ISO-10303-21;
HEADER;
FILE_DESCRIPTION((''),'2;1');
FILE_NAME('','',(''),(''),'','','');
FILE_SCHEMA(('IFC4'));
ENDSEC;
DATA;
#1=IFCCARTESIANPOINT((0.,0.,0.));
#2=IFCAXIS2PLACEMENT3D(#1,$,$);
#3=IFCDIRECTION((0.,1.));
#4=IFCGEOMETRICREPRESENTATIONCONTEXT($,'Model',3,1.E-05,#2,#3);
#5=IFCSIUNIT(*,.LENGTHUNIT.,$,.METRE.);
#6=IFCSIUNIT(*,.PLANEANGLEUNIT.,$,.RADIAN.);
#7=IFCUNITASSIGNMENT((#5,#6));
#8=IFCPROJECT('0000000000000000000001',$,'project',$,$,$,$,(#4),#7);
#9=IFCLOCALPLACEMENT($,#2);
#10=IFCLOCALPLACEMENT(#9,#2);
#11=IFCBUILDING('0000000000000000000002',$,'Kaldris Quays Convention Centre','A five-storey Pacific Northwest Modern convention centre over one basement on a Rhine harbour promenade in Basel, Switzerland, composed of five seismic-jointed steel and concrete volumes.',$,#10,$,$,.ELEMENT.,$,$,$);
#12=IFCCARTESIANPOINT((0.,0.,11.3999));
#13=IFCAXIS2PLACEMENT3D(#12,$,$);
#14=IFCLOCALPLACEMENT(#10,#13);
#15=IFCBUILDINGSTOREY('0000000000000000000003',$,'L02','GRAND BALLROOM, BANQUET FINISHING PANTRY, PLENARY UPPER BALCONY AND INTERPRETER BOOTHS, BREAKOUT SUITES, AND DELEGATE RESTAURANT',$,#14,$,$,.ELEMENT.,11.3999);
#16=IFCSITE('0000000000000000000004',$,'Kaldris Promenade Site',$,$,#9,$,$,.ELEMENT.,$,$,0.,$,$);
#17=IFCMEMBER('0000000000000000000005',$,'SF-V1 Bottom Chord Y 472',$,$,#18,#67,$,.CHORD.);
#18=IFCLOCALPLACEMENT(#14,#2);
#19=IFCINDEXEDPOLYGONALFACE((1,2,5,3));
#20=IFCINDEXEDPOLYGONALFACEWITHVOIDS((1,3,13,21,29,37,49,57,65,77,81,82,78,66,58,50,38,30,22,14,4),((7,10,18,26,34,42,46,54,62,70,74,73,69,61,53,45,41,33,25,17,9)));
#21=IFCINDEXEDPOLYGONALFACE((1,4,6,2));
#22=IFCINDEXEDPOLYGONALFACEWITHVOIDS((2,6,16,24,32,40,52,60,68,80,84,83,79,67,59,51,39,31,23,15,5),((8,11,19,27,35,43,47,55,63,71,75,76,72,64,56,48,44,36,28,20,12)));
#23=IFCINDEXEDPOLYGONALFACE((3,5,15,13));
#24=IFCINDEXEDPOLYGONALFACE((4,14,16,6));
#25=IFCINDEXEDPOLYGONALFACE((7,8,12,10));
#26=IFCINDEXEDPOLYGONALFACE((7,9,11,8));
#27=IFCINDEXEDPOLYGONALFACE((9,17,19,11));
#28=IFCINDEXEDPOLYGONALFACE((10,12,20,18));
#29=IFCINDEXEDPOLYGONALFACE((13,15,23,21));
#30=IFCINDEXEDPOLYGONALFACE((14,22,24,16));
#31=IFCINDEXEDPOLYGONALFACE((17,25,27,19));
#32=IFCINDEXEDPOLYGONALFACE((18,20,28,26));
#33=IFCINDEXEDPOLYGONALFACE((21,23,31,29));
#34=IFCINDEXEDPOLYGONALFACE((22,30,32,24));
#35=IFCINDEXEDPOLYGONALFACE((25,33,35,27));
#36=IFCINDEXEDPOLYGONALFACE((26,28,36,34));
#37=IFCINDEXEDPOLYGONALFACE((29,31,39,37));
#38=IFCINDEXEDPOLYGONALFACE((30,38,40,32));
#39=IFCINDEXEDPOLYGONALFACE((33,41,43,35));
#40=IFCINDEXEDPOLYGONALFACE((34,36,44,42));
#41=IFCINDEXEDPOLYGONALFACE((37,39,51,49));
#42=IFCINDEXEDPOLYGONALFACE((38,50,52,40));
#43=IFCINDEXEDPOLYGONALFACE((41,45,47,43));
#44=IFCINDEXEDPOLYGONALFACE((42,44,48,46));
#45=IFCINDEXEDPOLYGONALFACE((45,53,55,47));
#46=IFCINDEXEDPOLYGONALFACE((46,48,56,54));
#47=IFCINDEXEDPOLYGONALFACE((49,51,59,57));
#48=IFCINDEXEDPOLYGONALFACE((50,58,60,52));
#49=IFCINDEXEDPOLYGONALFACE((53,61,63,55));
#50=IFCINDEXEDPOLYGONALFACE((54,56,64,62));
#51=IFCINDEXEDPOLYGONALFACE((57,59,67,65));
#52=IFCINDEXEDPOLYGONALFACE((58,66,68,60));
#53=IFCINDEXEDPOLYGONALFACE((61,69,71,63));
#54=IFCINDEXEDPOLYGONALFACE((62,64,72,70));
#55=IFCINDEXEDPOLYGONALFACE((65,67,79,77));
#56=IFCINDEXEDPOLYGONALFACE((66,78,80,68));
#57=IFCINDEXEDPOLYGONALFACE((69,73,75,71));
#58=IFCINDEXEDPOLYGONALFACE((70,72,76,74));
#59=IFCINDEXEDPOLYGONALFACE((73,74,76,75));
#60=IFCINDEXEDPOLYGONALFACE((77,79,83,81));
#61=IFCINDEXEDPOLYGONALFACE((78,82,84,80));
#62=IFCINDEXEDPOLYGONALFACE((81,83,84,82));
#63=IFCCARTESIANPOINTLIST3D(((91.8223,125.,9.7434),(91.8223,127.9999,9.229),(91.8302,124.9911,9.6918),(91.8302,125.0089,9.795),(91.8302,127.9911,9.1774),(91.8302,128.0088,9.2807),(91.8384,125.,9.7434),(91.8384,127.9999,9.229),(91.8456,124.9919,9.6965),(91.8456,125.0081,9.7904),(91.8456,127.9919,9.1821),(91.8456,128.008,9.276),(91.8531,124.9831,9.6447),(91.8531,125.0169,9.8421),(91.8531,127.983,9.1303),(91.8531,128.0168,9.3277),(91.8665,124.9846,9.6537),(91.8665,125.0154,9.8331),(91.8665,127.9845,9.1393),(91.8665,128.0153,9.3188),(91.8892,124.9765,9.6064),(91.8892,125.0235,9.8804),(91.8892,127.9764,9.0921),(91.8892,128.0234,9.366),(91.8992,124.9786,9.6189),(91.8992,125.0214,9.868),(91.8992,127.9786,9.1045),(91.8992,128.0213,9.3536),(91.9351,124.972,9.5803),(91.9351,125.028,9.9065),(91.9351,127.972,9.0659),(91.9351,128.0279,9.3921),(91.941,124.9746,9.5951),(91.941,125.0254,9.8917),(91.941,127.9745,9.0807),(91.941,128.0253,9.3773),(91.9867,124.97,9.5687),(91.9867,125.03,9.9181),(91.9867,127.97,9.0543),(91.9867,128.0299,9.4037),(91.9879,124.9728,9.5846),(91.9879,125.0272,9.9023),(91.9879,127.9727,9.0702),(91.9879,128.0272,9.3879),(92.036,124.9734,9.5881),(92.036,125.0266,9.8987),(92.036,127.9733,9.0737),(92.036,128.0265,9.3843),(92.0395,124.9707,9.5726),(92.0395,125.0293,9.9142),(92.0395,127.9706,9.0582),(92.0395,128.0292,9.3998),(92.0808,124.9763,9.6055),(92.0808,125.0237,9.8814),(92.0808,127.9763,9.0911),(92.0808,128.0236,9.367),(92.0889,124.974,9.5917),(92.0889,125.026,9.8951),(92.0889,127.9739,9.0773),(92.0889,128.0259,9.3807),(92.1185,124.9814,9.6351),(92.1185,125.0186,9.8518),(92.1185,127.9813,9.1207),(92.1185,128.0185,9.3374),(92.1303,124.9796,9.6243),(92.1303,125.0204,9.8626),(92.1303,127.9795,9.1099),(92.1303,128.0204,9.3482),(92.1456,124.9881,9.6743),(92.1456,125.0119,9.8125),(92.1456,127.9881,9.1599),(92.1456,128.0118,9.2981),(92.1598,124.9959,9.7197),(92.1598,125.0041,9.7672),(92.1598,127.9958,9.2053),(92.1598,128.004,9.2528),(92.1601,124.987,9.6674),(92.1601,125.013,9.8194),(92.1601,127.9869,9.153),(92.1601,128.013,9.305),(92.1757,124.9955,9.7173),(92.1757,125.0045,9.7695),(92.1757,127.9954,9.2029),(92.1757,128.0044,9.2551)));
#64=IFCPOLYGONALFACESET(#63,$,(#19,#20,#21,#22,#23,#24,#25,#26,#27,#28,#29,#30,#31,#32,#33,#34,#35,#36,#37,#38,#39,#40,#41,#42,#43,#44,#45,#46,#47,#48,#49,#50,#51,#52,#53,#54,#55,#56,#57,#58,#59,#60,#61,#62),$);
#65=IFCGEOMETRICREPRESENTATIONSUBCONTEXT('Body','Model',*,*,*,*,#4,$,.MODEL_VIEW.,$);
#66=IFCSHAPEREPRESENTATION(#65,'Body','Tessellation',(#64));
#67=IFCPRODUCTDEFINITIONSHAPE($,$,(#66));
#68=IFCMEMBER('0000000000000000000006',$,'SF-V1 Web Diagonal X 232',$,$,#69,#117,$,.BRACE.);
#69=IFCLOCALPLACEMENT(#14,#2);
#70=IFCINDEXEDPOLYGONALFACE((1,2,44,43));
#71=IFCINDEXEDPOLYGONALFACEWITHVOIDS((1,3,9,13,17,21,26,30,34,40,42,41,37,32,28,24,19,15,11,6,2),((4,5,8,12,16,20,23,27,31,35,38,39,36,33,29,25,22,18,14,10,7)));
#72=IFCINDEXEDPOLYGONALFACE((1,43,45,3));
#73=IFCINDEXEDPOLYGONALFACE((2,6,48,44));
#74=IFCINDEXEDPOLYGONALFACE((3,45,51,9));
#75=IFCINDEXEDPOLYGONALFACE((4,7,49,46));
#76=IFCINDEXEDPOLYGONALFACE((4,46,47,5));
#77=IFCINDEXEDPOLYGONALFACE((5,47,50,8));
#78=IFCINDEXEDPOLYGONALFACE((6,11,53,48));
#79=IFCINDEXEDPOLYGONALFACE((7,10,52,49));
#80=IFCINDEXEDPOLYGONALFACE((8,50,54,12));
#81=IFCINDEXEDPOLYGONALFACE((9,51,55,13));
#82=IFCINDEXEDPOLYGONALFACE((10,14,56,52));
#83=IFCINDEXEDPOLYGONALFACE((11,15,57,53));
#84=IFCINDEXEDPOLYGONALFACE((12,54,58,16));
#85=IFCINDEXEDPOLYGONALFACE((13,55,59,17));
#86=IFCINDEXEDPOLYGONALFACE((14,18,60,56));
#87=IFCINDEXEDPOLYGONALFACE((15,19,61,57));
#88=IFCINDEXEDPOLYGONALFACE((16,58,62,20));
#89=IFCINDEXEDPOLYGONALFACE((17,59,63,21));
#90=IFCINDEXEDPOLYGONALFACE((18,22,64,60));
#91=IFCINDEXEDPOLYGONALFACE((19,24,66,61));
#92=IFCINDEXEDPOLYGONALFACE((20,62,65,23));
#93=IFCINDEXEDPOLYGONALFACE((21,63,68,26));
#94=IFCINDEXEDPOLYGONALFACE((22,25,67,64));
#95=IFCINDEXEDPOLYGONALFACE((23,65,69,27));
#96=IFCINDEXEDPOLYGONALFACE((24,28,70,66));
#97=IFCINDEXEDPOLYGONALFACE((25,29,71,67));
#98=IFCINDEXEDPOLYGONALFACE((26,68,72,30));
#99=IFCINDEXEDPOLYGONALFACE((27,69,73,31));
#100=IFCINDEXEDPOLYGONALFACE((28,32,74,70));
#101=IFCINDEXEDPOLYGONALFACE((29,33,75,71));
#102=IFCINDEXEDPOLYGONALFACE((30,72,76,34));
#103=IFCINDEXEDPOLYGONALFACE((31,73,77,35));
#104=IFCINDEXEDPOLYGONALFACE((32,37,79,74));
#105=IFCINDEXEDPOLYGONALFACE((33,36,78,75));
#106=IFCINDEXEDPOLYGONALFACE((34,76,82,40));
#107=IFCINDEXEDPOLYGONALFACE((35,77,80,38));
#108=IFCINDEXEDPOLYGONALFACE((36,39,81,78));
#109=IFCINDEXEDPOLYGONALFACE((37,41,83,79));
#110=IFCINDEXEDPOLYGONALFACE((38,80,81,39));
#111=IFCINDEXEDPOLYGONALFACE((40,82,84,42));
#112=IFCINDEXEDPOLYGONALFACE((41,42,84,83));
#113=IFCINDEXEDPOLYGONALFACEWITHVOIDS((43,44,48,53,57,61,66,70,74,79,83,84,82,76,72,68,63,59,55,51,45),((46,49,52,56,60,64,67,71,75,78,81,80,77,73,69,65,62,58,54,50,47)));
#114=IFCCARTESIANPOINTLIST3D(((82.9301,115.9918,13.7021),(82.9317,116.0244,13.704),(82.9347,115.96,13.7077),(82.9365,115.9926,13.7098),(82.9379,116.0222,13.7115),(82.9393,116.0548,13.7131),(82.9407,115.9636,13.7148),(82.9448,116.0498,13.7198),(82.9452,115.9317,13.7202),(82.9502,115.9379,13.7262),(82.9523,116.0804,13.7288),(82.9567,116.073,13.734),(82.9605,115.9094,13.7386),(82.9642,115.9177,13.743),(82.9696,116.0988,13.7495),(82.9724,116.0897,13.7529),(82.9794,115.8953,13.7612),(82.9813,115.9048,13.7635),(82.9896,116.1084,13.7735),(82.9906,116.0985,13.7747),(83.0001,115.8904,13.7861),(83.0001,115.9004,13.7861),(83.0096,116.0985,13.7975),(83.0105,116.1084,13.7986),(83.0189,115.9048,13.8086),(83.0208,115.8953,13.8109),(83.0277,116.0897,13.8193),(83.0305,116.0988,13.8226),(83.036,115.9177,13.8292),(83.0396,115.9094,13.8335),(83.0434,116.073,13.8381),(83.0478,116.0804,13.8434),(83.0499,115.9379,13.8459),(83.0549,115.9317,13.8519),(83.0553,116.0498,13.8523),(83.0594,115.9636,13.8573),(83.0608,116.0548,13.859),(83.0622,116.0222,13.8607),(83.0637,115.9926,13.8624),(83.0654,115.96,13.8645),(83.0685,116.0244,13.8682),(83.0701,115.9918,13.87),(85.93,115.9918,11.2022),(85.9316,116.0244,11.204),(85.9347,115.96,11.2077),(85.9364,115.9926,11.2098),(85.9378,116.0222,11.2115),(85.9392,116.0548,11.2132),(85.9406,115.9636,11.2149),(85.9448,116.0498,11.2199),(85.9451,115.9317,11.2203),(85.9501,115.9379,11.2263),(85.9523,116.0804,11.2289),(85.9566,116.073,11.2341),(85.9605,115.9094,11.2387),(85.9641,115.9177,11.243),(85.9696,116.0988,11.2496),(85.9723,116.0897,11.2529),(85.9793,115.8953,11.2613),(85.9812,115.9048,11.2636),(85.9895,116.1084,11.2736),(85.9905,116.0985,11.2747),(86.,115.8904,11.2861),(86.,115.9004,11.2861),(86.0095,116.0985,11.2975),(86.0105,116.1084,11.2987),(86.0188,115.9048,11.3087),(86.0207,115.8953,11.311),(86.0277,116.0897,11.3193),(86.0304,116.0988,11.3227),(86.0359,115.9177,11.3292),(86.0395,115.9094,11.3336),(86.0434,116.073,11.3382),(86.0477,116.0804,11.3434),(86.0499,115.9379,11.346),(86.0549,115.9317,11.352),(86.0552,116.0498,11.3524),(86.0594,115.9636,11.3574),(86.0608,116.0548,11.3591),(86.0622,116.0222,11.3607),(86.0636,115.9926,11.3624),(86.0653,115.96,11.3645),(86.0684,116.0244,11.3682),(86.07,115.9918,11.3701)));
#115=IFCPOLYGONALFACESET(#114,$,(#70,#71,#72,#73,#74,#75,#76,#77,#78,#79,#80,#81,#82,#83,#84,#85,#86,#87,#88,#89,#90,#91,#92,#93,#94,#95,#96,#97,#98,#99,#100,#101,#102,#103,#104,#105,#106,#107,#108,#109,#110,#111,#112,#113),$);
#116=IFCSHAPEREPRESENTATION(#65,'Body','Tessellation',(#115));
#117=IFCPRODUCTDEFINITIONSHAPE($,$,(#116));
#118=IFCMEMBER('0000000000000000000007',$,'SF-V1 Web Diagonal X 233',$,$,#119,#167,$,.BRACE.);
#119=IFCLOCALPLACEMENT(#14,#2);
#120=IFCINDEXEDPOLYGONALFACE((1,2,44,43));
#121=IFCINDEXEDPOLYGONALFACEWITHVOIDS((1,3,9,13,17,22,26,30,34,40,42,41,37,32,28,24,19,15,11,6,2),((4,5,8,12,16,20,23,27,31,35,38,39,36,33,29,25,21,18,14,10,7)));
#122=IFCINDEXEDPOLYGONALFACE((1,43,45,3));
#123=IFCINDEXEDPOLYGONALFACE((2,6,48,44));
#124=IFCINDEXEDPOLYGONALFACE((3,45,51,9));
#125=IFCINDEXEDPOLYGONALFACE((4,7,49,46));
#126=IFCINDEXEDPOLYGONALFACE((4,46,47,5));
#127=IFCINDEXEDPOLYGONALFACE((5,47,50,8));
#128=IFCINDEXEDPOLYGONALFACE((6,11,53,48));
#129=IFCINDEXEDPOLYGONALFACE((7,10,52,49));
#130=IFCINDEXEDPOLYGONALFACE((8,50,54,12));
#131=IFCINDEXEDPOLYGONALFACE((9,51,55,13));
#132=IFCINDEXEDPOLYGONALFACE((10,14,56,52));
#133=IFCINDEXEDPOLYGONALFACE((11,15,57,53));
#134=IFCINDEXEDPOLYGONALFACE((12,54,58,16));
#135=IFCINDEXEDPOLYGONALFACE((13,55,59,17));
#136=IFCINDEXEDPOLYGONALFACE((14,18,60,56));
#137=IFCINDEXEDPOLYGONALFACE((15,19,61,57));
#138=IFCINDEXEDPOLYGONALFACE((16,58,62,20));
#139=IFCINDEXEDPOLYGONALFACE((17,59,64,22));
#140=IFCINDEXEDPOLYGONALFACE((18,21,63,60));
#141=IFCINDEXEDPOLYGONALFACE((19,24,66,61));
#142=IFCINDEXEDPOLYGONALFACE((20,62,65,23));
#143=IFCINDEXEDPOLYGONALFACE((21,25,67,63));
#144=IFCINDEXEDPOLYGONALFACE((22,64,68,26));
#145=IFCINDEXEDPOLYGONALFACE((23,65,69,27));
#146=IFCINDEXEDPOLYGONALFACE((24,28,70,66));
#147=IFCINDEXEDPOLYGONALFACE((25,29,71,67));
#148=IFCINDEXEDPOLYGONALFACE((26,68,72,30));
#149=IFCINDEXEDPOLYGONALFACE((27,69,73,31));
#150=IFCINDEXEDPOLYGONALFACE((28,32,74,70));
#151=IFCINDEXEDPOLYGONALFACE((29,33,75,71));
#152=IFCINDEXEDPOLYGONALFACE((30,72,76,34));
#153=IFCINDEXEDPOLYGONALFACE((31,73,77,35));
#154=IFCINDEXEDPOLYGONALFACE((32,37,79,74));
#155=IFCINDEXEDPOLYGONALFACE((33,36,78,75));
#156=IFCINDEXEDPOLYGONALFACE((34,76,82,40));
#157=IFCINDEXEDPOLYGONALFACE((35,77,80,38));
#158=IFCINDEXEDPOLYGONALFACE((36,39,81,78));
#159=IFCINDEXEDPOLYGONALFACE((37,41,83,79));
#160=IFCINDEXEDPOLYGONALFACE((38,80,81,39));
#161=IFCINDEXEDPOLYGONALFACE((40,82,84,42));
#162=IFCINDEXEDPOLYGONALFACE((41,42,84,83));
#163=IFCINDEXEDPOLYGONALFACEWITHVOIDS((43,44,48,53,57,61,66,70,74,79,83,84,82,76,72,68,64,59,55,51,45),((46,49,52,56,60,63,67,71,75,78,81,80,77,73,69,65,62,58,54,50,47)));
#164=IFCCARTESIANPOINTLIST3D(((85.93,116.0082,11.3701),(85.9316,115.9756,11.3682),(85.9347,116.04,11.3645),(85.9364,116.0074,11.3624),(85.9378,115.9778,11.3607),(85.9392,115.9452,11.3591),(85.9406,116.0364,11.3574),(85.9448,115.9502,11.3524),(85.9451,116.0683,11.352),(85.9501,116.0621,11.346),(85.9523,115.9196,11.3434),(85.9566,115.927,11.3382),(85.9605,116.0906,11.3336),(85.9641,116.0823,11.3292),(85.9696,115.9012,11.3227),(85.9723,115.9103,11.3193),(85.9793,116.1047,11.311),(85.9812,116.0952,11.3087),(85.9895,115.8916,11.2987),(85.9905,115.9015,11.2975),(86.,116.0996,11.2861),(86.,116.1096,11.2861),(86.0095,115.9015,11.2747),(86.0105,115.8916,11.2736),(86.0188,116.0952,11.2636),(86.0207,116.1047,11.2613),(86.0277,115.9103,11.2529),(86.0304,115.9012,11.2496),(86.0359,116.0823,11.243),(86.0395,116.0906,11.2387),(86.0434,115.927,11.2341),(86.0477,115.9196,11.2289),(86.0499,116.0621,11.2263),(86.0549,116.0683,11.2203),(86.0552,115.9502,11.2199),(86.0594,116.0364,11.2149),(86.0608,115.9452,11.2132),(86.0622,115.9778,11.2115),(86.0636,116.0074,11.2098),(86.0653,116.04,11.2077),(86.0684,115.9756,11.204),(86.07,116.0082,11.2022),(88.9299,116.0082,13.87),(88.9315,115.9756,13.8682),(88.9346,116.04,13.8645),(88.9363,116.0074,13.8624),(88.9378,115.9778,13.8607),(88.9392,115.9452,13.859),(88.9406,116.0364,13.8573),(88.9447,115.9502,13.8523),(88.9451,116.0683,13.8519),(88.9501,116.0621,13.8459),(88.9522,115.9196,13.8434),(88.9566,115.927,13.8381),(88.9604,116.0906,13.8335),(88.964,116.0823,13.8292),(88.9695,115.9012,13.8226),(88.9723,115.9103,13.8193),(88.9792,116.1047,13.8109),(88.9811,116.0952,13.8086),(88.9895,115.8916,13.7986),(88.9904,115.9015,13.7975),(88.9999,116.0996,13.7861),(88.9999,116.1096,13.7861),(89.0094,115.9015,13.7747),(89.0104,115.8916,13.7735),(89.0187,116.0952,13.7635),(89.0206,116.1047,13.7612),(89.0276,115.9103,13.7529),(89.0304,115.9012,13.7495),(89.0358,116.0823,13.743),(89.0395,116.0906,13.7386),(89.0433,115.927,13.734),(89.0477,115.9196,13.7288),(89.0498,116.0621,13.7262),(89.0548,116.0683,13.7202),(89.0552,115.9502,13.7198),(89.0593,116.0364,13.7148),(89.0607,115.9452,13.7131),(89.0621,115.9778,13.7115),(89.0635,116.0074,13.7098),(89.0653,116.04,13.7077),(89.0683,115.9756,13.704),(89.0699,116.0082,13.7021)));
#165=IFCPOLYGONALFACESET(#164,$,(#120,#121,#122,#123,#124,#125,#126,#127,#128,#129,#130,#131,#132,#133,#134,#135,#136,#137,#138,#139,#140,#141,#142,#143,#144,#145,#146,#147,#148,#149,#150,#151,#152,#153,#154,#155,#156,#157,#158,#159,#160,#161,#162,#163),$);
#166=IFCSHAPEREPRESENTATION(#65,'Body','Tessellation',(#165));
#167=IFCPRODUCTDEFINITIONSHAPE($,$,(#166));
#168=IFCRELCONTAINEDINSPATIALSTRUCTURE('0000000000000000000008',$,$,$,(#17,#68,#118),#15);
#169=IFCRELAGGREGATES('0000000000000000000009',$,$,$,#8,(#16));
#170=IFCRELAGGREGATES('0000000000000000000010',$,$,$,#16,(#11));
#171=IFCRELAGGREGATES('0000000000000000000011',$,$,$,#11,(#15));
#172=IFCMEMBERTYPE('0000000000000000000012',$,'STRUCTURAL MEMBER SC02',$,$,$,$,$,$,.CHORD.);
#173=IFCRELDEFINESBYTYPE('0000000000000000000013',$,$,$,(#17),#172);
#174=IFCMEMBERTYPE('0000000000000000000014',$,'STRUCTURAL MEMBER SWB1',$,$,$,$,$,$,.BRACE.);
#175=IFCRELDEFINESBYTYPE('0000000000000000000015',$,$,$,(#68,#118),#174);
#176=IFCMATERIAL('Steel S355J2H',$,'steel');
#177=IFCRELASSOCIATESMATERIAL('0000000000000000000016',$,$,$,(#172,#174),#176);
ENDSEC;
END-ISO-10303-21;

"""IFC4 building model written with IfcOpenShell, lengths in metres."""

from ifc_helpers import new_model, si_unit, direction, frame, origin, origin_2d, place, context, subcontext, project, spatial, hollow_circle, extrude, material, material_profile, profile_set, type_object, element, save


model = new_model("IFC4")

# Units and contexts
model_context = context("Model", 3, precision=1e-05, world=origin(), true_north=direction((0.0, 1.0)))
body_context = subcontext(model_context, "Body", "Model", "MODEL_VIEW")
ifc_project = project(units=[si_unit("LENGTHUNIT", "METRE"), si_unit("PLANEANGLEUNIT", "RADIAN")], contexts=[model_context])

# Site, building, storey
site_placement = place(None, origin())
site = spatial("IfcSite", under=ifc_project, at=site_placement, Name="Kaldris Promenade Site", CompositionType="ELEMENT", RefElevation=0.0)
building_placement = place(site_placement, origin())
building = spatial("IfcBuilding", under=site, at=building_placement, Name="Kaldris Quays Convention Centre", Description="A five-storey Pacific Northwest Modern convention centre over one basement on a Rhine harbour promenade in Basel, Switzerland, composed of five seismic-jointed steel and concrete volumes.", CompositionType="ELEMENT")
storey_placement = place(building_placement, frame((0.0, 0.0, 11.3999)))
storey = spatial("IfcBuildingStorey", under=building, at=storey_placement, Name="L02", Description="GRAND BALLROOM, BANQUET FINISHING PANTRY, PLENARY UPPER BALCONY AND INTERPRETER BOOTHS, BREAKOUT SUITES, AND DELEGATE RESTAURANT", CompositionType="ELEMENT", Elevation=11.3999)

# Members
ifc_material_1 = material(Name="Steel S355J2H", Category="steel")
ifc_material_profile_1 = material_profile(ifc_material_1, hollow_circle(Radius=0.1777, WallThickness=0.0161, at=origin_2d()), Name="CHS 355.6x16")
ifc_profile_set_1 = profile_set([ifc_material_profile_1], Name="Steel S355J2H")
member_type_1 = type_object("IfcMemberType", Name="STRUCTURAL MEMBER SC02", PredefinedType="CHORD", material=ifc_profile_set_1)
for number, where, z_axis, x_axis, name in (
    (1, (92.0, 125.0, 9.7434), (0.0, 0.985616, -0.169002), (-1.0, 0.0, 0.0), "SF-V1 Bottom Chord Y 472"),
):
    element("IfcMember", number, at=place(storey_placement, frame(where, z_axis=z_axis, x_axis=x_axis)), inside=storey, type_object=member_type_1, Name=name, PredefinedType="CHORD", context=body_context, shape_type="SweptSolid", body=[
        extrude(hollow_circle(Radius=0.1777, WallThickness=0.0161, at=origin_2d()), origin(), (0.0, 0.0, 1.0), 3.0437),
    ])
ifc_material_profile_2 = material_profile(ifc_material_1, hollow_circle(Radius=0.1096, WallThickness=0.01, at=origin_2d()), Name="CHS 219.1x10")
ifc_profile_set_2 = profile_set([ifc_material_profile_2], Name="Steel S355J2H")
member_type_2 = type_object("IfcMemberType", Name="STRUCTURAL MEMBER SWB1", PredefinedType="BRACE", material=ifc_profile_set_2)
for number, where, z_axis, x_axis, name in (
    (2, (86.0, 116.0, 11.2861), (-0.768221, 0.0, 0.640184), (0.0, -1.0, 0.0), "SF-V1 Web Diagonal X 232"),
    (3, (86.0, 116.0, 11.2861), (0.768221, 0.0, 0.640184), (0.0, 1.0, 0.0), "SF-V1 Web Diagonal X 233"),
):
    element("IfcMember", number, at=place(storey_placement, frame(where, z_axis=z_axis, x_axis=x_axis)), inside=storey, type_object=member_type_2, Name=name, PredefinedType="BRACE", context=body_context, shape_type="SweptSolid", body=[
        extrude(hollow_circle(Radius=0.1096, WallThickness=0.01, at=origin_2d()), origin(), (0.0, 0.0, 1.0), 3.905),
    ])

save(model, "model.ifc")
